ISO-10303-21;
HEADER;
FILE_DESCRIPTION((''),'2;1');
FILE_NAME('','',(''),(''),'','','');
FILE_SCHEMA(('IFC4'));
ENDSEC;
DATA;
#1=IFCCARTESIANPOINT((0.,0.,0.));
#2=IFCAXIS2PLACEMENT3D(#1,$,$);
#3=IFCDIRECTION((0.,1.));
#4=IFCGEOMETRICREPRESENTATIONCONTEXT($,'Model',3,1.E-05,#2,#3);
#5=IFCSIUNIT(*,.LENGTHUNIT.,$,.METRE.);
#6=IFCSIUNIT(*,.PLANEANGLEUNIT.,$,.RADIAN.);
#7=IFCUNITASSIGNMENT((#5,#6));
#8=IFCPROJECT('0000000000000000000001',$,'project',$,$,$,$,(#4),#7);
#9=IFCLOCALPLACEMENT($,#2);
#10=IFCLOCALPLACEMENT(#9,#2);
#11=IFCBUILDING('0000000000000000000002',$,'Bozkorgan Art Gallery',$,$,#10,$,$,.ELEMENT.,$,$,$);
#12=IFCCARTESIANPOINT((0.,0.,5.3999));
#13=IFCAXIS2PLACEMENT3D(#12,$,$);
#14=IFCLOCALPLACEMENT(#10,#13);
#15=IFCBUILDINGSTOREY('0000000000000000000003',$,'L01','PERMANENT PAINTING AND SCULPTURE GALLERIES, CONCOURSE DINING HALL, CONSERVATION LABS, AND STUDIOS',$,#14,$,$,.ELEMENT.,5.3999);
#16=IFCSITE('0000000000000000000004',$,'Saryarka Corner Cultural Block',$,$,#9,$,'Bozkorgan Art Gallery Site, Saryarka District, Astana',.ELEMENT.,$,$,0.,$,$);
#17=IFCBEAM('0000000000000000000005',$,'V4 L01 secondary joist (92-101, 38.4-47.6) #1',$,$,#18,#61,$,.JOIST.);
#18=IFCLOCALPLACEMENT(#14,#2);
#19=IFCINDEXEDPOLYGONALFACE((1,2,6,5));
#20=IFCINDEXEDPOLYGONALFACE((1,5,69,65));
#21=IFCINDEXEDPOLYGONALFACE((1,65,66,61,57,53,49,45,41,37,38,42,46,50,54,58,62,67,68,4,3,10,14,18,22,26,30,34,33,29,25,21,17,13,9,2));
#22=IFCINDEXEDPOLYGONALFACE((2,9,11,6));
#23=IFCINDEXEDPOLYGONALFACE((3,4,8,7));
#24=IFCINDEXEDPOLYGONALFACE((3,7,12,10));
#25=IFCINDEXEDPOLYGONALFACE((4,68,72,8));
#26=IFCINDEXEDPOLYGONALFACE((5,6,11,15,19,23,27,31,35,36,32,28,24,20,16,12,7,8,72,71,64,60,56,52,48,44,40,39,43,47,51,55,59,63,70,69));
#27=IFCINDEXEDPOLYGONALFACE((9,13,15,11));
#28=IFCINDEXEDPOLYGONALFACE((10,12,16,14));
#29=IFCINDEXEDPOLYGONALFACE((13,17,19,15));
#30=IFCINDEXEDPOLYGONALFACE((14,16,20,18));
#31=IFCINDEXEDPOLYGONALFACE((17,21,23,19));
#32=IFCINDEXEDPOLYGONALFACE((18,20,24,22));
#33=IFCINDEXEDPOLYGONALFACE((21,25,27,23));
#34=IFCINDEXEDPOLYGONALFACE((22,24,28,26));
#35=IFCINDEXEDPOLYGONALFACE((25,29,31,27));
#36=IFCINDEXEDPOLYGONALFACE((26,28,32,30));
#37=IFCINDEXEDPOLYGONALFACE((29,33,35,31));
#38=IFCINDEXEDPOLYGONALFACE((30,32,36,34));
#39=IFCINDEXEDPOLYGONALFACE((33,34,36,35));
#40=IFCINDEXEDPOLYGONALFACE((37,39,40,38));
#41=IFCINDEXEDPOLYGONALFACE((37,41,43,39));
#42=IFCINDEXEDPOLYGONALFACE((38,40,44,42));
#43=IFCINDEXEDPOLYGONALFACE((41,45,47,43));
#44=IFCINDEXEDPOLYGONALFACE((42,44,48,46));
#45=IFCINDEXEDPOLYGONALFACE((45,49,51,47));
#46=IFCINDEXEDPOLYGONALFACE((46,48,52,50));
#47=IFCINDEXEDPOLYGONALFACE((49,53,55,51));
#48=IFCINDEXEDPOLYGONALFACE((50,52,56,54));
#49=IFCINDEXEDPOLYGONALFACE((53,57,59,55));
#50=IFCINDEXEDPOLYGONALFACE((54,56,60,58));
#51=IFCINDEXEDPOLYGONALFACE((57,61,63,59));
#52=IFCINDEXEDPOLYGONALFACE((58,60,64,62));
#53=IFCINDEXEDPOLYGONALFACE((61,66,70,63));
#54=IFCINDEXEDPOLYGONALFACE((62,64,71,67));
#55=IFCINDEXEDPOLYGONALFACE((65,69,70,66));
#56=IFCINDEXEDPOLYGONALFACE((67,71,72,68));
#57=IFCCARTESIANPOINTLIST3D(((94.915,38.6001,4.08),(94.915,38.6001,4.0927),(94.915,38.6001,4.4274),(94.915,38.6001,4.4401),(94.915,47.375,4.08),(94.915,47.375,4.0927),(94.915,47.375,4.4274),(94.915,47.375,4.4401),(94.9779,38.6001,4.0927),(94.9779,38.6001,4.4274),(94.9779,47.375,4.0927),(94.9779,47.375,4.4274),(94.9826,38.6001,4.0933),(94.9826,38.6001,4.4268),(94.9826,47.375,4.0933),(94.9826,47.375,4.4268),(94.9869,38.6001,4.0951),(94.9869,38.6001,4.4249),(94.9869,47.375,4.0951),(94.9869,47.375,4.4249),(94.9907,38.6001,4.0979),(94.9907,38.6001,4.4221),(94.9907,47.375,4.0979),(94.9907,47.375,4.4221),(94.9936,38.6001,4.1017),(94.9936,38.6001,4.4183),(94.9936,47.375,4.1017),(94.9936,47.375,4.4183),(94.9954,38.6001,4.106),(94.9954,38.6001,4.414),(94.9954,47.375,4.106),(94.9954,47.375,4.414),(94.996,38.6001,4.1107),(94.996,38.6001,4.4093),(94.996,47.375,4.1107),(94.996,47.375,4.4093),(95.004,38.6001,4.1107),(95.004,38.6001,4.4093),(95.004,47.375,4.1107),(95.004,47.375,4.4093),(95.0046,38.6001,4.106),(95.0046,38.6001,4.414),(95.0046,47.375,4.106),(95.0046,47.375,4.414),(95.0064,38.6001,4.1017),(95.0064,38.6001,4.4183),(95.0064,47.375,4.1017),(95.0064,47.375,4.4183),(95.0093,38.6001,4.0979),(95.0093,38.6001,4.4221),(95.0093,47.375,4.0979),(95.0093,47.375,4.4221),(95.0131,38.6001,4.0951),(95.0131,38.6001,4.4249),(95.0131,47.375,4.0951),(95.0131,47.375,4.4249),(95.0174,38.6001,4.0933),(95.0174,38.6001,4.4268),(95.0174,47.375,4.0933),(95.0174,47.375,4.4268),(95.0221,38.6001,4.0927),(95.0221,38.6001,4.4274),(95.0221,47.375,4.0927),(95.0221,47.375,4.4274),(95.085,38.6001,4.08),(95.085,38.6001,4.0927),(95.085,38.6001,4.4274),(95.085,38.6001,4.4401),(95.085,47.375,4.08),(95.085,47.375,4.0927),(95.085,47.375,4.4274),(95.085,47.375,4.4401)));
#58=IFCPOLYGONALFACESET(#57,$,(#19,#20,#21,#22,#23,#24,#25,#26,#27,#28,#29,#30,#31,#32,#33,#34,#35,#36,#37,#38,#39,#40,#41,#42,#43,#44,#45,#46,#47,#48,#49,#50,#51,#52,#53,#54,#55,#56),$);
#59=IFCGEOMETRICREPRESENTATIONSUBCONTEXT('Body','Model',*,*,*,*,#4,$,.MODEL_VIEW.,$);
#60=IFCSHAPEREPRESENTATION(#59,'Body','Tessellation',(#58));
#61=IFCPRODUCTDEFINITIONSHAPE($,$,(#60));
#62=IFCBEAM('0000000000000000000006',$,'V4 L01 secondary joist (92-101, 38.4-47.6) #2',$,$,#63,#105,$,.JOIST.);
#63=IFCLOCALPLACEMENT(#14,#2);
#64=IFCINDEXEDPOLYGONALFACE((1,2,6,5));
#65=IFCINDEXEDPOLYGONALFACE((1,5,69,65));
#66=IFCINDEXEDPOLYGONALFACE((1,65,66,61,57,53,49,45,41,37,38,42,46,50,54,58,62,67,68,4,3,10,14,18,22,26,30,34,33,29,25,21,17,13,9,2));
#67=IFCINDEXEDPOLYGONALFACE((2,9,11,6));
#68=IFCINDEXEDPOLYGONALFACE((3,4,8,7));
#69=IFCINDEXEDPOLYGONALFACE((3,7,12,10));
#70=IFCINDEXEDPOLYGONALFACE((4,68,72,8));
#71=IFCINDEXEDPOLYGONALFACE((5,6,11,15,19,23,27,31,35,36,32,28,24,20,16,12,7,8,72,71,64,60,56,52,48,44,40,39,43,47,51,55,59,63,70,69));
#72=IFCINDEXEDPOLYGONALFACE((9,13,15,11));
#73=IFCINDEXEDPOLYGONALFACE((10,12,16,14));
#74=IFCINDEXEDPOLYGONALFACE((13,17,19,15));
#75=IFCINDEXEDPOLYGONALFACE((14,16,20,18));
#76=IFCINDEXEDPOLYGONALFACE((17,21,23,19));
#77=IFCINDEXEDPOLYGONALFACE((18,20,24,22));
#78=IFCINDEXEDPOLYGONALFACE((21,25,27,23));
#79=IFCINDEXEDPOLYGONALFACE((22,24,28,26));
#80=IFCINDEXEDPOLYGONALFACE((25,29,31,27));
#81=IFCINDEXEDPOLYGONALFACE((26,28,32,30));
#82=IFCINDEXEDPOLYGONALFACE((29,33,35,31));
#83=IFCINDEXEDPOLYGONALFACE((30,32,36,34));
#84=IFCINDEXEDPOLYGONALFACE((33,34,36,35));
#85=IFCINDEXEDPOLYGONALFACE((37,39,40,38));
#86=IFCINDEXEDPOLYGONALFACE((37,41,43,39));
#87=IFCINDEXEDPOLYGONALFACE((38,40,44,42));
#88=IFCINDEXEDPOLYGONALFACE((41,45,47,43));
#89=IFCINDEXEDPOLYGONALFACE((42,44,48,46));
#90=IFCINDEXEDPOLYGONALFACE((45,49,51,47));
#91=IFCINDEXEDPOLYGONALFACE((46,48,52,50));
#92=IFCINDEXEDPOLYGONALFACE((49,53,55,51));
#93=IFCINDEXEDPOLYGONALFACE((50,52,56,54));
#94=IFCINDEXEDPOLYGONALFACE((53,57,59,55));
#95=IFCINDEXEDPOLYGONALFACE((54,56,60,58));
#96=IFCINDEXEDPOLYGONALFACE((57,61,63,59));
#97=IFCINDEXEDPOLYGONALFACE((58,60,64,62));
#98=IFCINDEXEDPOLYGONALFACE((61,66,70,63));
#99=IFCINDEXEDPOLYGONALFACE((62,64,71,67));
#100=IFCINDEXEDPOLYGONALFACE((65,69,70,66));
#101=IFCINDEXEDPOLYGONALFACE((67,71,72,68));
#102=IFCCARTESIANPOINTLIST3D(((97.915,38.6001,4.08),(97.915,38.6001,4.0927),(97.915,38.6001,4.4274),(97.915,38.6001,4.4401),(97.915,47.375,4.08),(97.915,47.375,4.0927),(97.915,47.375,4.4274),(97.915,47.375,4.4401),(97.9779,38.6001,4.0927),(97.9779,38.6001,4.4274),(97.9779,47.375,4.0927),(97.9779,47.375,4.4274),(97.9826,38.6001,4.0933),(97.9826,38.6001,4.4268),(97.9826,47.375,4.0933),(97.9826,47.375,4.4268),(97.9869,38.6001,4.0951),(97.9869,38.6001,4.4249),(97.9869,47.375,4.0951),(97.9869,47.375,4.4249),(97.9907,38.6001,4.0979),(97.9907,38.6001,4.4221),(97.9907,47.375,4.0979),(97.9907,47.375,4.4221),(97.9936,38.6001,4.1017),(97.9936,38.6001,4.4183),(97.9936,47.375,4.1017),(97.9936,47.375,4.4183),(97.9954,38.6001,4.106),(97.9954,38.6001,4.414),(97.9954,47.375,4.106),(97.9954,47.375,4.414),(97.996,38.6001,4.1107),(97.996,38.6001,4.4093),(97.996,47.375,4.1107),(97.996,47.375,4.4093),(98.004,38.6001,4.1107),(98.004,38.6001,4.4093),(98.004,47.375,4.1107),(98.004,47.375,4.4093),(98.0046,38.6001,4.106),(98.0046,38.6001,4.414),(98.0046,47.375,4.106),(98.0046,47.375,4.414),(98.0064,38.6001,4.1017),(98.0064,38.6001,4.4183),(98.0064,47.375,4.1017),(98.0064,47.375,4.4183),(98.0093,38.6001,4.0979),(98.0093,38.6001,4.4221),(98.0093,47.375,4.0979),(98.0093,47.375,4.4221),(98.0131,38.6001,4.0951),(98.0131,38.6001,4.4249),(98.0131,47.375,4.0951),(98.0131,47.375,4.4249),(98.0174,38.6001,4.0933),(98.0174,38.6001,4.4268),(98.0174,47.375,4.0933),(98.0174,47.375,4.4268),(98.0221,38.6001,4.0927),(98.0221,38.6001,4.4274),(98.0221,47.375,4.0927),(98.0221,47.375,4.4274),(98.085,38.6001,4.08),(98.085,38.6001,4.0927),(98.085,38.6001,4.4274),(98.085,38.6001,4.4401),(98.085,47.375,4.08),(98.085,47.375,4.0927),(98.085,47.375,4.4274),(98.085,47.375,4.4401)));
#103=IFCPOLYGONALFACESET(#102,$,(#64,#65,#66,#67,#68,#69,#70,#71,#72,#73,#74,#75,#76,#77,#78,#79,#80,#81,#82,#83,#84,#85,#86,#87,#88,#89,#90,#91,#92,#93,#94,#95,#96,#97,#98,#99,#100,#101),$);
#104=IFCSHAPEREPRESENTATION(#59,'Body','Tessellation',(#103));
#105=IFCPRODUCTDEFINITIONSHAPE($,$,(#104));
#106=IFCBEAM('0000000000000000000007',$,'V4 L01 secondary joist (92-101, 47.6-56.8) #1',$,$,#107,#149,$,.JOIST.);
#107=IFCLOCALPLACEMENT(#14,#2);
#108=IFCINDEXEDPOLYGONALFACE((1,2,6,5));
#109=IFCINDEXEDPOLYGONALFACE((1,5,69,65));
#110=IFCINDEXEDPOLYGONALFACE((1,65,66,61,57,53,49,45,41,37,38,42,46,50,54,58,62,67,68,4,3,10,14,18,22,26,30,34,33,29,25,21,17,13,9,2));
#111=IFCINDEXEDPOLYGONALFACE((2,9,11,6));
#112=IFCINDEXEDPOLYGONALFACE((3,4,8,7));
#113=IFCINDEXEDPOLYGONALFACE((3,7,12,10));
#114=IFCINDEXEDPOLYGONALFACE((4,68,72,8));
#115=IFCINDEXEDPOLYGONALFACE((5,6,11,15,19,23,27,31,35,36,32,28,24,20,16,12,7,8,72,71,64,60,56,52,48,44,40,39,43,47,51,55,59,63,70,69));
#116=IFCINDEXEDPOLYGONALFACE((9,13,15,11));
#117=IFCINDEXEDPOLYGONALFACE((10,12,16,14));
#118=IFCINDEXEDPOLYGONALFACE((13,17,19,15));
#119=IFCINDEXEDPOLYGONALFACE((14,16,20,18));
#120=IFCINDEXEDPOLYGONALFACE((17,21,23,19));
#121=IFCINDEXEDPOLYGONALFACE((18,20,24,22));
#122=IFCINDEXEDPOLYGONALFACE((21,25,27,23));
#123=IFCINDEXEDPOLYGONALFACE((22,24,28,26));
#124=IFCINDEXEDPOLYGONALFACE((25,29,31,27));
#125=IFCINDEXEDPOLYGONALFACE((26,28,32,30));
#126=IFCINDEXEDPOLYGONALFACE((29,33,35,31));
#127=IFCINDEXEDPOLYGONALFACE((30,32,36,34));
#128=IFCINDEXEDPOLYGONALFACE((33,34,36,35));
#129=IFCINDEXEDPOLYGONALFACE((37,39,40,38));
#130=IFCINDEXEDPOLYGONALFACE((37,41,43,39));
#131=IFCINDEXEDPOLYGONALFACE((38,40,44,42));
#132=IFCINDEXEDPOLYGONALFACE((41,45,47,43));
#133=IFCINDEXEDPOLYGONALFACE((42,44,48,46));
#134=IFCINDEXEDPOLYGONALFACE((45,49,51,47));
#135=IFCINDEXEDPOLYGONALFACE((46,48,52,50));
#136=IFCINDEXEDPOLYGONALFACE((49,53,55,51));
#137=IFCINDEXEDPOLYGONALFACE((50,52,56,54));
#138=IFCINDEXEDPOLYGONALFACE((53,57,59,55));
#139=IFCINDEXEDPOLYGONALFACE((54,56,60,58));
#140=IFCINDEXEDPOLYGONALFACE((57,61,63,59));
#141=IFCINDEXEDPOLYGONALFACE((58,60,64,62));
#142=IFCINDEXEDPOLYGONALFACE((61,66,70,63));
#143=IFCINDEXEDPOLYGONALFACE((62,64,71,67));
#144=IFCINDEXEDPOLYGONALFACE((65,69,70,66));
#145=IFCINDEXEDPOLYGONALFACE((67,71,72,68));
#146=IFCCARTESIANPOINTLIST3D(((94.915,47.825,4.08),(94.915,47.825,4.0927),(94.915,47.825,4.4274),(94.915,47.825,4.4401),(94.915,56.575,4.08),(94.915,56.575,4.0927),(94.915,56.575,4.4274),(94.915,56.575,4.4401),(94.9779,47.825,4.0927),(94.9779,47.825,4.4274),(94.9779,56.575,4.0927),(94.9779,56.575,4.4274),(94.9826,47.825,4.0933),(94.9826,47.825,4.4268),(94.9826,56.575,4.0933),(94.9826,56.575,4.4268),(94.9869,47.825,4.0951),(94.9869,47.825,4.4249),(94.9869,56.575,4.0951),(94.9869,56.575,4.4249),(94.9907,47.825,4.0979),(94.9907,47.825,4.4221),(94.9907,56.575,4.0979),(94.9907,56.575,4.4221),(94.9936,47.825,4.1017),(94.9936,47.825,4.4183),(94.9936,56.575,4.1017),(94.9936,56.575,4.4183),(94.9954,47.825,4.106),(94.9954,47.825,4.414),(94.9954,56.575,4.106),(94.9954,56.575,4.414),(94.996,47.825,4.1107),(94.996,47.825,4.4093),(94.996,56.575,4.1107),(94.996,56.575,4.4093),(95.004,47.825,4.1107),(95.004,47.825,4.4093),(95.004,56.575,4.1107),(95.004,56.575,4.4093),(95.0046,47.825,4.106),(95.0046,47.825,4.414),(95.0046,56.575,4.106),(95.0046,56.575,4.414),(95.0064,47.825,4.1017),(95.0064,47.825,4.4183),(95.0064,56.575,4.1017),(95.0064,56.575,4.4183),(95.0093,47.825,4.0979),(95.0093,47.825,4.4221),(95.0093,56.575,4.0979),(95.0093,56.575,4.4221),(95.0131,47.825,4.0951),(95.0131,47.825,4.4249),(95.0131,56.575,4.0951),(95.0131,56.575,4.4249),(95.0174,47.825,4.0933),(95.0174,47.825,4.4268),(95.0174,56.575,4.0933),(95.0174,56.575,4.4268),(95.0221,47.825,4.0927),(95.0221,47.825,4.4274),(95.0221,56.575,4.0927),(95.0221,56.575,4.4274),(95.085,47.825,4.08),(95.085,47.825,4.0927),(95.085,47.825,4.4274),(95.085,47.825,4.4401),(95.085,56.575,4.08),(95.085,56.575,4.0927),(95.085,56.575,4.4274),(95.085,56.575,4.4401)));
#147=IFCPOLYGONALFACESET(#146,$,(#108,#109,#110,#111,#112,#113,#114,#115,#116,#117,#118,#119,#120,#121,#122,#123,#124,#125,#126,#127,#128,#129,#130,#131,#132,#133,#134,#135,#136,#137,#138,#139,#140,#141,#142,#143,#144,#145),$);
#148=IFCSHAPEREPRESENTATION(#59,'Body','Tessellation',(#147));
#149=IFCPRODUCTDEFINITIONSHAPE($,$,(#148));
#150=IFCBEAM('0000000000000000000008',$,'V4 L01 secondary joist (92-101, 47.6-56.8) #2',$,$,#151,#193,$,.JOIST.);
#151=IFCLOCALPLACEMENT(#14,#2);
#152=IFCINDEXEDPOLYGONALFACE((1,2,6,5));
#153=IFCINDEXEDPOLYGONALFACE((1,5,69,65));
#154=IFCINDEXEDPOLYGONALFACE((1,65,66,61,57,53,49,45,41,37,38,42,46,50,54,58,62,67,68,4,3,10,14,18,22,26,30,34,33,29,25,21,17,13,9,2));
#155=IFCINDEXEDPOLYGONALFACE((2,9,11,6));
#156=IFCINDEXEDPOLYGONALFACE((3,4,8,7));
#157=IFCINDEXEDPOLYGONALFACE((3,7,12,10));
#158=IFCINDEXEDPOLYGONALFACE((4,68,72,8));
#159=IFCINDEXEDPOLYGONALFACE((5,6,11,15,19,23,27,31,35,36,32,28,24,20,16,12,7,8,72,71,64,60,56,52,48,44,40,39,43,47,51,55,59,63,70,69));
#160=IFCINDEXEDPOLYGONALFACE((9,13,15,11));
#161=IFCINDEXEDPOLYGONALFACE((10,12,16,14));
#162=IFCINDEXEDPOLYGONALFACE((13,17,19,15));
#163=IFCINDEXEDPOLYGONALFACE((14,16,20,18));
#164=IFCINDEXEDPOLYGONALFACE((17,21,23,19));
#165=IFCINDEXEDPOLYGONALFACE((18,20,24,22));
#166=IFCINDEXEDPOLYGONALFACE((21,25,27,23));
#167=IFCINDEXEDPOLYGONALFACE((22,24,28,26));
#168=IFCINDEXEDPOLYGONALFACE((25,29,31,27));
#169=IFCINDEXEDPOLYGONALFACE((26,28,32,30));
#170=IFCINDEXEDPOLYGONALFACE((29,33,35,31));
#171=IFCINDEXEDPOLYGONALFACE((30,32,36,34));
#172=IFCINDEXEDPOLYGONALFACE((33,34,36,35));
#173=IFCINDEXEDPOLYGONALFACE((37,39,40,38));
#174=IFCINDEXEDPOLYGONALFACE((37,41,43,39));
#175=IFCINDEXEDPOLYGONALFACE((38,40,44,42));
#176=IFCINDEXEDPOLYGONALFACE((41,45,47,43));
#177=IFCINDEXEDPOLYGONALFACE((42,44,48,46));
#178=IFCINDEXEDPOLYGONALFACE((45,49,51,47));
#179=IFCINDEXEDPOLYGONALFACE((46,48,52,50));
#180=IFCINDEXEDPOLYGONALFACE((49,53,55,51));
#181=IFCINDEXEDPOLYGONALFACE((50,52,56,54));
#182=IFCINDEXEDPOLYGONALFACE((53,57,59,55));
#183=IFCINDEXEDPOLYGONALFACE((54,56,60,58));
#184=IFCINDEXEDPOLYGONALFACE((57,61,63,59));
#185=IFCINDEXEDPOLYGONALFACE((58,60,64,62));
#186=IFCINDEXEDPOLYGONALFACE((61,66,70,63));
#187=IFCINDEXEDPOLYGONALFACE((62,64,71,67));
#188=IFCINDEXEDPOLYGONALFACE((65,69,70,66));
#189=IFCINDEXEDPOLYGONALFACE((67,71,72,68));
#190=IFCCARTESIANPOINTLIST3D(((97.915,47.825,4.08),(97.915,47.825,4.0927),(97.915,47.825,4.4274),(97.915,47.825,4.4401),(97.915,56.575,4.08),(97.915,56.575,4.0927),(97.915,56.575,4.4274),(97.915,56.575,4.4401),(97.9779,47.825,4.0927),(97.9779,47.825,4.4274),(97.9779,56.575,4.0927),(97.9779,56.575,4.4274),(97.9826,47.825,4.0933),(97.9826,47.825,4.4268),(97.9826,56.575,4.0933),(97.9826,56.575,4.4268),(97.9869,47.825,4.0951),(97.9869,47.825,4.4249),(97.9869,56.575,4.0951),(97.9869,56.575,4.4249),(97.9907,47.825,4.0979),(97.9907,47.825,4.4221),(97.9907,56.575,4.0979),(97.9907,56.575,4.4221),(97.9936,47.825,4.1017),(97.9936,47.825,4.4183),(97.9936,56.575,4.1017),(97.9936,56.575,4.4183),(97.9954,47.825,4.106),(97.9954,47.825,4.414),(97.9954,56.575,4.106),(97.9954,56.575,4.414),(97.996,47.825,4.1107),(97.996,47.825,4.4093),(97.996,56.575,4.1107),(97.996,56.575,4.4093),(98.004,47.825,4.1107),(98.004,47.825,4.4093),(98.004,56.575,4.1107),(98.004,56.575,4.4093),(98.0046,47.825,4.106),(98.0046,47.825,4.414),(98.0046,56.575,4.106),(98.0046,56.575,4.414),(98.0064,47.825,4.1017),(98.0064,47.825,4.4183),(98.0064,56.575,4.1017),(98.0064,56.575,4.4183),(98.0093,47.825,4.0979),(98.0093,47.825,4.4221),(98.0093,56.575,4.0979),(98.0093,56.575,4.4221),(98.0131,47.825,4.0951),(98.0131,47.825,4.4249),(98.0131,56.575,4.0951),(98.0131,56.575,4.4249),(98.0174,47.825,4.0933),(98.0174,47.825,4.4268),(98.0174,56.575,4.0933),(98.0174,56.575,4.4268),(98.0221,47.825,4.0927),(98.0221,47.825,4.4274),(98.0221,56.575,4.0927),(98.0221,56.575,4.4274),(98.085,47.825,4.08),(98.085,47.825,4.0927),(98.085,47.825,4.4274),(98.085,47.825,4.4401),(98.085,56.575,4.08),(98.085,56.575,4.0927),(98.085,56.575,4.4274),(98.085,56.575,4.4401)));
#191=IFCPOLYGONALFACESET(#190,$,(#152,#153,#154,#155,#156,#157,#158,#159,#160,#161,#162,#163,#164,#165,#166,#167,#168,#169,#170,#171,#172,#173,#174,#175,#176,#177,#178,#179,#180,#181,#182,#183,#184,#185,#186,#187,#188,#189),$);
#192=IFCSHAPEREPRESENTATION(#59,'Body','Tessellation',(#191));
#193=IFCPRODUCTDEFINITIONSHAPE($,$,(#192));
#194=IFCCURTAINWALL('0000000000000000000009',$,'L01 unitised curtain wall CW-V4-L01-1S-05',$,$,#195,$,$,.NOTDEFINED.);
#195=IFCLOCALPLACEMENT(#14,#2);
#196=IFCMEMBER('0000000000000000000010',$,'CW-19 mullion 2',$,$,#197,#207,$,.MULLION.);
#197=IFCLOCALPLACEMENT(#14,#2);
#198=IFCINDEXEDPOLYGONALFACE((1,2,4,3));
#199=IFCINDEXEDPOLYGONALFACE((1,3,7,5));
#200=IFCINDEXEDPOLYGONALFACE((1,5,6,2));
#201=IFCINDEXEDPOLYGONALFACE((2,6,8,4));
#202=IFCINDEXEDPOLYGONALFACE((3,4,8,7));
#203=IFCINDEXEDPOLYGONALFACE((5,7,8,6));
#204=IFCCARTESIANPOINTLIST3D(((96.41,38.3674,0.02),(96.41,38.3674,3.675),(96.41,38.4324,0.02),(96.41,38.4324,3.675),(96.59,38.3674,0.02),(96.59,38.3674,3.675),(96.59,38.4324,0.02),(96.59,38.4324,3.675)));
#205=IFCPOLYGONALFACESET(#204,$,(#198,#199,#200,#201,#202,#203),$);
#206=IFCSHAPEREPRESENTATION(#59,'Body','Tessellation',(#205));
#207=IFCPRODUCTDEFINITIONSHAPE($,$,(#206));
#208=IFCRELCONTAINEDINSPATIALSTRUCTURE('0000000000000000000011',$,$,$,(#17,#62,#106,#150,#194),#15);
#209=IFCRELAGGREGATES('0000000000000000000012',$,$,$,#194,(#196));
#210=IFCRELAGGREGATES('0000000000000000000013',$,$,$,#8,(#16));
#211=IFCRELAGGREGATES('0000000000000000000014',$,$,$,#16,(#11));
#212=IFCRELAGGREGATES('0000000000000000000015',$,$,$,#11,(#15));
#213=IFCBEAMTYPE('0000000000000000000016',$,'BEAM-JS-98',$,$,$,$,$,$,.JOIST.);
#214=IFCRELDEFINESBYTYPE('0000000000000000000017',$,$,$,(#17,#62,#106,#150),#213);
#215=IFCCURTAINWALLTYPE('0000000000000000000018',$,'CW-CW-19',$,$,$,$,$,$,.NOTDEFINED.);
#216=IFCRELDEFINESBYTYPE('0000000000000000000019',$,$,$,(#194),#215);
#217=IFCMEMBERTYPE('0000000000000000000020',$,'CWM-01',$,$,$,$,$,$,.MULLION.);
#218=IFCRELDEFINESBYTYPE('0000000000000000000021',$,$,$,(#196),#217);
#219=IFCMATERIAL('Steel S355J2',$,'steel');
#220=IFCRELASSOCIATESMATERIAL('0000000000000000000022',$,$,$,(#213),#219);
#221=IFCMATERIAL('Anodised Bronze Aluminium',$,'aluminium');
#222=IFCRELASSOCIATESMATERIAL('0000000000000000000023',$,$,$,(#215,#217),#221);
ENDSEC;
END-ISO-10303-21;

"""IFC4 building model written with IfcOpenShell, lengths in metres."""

from ifc_helpers import new_model, si_unit, direction, frame, origin, origin_2d, place, context, subcontext, project, spatial, rectangle, i_section, extrude, material, material_profile, profile_set, type_object, element, aggregate, save


model = new_model("IFC4")

# Units and contexts
model_context = context("Model", 3, precision=1e-05, world=origin(), true_north=direction((0.0, 1.0)))
body_context = subcontext(model_context, "Body", "Model", "MODEL_VIEW")
ifc_project = project(units=[si_unit("LENGTHUNIT", "METRE"), si_unit("PLANEANGLEUNIT", "RADIAN")], contexts=[model_context])

# Site, building, storey
site_placement = place(None, origin())
site = spatial("IfcSite", under=ifc_project, at=site_placement, Name="Saryarka Corner Cultural Block", LongName="Bozkorgan Art Gallery Site, Saryarka District, Astana", CompositionType="ELEMENT", RefElevation=0.0)
building_placement = place(site_placement, origin())
building = spatial("IfcBuilding", under=site, at=building_placement, Name="Bozkorgan Art Gallery", CompositionType="ELEMENT")
storey_placement = place(building_placement, frame((0.0, 0.0, 5.3999)))
storey = spatial("IfcBuildingStorey", under=building, at=storey_placement, Name="L01", Description="PERMANENT PAINTING AND SCULPTURE GALLERIES, CONCOURSE DINING HALL, CONSERVATION LABS, AND STUDIOS", CompositionType="ELEMENT", Elevation=5.3999)

# Beams
ifc_material_1 = material(Name="Steel S355J2", Category="steel")
ifc_material_profile_1 = material_profile(ifc_material_1, i_section(OverallWidth=0.1699, OverallDepth=0.3601, WebThickness=0.0081, FlangeThickness=0.0127, FilletRadius=0.0181, at=origin_2d()), Name="IPE 360")
ifc_profile_set_1 = profile_set([ifc_material_profile_1], Name="Steel S355J2")
beam_type = type_object("IfcBeamType", Name="BEAM-JS-98", PredefinedType="JOIST", material=ifc_profile_set_1)
for number, where, z_axis, x_axis, name in (
    (1, (95.0, 38.6001, 4.26), (0.0, 1.0, 0.0), (-1.0, 0.0, 0.0), "V4 L01 secondary joist (92-101, 38.4-47.6) #1"),
    (2, (98.0, 38.6001, 4.26), (0.0, 1.0, 0.0), (-1.0, 0.0, 0.0), "V4 L01 secondary joist (92-101, 38.4-47.6) #2"),
):
    element("IfcBeam", number, at=place(storey_placement, frame(where, z_axis=z_axis, x_axis=x_axis)), inside=storey, type_object=beam_type, Name=name, PredefinedType="JOIST", context=body_context, shape_type="SweptSolid", body=[
        extrude(i_section(OverallWidth=0.1699, OverallDepth=0.3601, WebThickness=0.0081, FlangeThickness=0.0127, FilletRadius=0.0181, at=origin_2d()), origin(), (0.0, 0.0, 1.0), 8.7749),
    ])
for number, where, z_axis, x_axis, name in (
    (3, (95.0, 47.825, 4.26), (0.0, 1.0, 0.0), (-1.0, 0.0, 0.0), "V4 L01 secondary joist (92-101, 47.6-56.8) #1"),
    (4, (98.0, 47.825, 4.26), (0.0, 1.0, 0.0), (-1.0, 0.0, 0.0), "V4 L01 secondary joist (92-101, 47.6-56.8) #2"),
):
    element("IfcBeam", number, at=place(storey_placement, frame(where, z_axis=z_axis, x_axis=x_axis)), inside=storey, type_object=beam_type, Name=name, PredefinedType="JOIST", context=body_context, shape_type="SweptSolid", body=[
        extrude(i_section(OverallWidth=0.1699, OverallDepth=0.3601, WebThickness=0.0081, FlangeThickness=0.0127, FilletRadius=0.0181, at=origin_2d()), origin(), (0.0, 0.0, 1.0), 8.75),
    ])

# Curtain wall, member
ifc_material_2 = material(Name="Anodised Bronze Aluminium", Category="aluminium")
curtain_wall_type = type_object("IfcCurtainWallType", Name="CW-CW-19", PredefinedType="NOTDEFINED", material=ifc_material_2)
curtain_wall_placement = place(storey_placement, origin())
curtain_wall = element("IfcCurtainWall", 5, at=curtain_wall_placement, inside=storey, type_object=curtain_wall_type, Name="L01 unitised curtain wall CW-V4-L01-1S-05", PredefinedType="NOTDEFINED")
ifc_material_profile_2 = material_profile(ifc_material_2, rectangle(XDim=0.0649, YDim=0.1799, at=origin_2d()), Name="ALU MULLION 65x180")
ifc_profile_set_2 = profile_set([ifc_material_profile_2], Name="Anodised Bronze Aluminium")
member_type_1 = type_object("IfcMemberType", Name="CWM-01", PredefinedType="MULLION", material=ifc_profile_set_2)
member_1_placement = place(storey_placement, frame((96.5, 38.3999, 0.02), z_axis=(0.0, 0.0, 1.0), x_axis=(0.0, 1.0, 0.0)))
member_1 = element("IfcMember", 6, at=member_1_placement, type_object=member_type_1, Name="CW-19 mullion 2", PredefinedType="MULLION", context=body_context, shape_type="SweptSolid", body=[
    extrude(rectangle(XDim=0.0649, YDim=0.1799, at=origin_2d()), origin(), (0.0, 0.0, 1.0), 3.655),
])
aggregate(curtain_wall, [member_1])

save(model, "model.ifc")
